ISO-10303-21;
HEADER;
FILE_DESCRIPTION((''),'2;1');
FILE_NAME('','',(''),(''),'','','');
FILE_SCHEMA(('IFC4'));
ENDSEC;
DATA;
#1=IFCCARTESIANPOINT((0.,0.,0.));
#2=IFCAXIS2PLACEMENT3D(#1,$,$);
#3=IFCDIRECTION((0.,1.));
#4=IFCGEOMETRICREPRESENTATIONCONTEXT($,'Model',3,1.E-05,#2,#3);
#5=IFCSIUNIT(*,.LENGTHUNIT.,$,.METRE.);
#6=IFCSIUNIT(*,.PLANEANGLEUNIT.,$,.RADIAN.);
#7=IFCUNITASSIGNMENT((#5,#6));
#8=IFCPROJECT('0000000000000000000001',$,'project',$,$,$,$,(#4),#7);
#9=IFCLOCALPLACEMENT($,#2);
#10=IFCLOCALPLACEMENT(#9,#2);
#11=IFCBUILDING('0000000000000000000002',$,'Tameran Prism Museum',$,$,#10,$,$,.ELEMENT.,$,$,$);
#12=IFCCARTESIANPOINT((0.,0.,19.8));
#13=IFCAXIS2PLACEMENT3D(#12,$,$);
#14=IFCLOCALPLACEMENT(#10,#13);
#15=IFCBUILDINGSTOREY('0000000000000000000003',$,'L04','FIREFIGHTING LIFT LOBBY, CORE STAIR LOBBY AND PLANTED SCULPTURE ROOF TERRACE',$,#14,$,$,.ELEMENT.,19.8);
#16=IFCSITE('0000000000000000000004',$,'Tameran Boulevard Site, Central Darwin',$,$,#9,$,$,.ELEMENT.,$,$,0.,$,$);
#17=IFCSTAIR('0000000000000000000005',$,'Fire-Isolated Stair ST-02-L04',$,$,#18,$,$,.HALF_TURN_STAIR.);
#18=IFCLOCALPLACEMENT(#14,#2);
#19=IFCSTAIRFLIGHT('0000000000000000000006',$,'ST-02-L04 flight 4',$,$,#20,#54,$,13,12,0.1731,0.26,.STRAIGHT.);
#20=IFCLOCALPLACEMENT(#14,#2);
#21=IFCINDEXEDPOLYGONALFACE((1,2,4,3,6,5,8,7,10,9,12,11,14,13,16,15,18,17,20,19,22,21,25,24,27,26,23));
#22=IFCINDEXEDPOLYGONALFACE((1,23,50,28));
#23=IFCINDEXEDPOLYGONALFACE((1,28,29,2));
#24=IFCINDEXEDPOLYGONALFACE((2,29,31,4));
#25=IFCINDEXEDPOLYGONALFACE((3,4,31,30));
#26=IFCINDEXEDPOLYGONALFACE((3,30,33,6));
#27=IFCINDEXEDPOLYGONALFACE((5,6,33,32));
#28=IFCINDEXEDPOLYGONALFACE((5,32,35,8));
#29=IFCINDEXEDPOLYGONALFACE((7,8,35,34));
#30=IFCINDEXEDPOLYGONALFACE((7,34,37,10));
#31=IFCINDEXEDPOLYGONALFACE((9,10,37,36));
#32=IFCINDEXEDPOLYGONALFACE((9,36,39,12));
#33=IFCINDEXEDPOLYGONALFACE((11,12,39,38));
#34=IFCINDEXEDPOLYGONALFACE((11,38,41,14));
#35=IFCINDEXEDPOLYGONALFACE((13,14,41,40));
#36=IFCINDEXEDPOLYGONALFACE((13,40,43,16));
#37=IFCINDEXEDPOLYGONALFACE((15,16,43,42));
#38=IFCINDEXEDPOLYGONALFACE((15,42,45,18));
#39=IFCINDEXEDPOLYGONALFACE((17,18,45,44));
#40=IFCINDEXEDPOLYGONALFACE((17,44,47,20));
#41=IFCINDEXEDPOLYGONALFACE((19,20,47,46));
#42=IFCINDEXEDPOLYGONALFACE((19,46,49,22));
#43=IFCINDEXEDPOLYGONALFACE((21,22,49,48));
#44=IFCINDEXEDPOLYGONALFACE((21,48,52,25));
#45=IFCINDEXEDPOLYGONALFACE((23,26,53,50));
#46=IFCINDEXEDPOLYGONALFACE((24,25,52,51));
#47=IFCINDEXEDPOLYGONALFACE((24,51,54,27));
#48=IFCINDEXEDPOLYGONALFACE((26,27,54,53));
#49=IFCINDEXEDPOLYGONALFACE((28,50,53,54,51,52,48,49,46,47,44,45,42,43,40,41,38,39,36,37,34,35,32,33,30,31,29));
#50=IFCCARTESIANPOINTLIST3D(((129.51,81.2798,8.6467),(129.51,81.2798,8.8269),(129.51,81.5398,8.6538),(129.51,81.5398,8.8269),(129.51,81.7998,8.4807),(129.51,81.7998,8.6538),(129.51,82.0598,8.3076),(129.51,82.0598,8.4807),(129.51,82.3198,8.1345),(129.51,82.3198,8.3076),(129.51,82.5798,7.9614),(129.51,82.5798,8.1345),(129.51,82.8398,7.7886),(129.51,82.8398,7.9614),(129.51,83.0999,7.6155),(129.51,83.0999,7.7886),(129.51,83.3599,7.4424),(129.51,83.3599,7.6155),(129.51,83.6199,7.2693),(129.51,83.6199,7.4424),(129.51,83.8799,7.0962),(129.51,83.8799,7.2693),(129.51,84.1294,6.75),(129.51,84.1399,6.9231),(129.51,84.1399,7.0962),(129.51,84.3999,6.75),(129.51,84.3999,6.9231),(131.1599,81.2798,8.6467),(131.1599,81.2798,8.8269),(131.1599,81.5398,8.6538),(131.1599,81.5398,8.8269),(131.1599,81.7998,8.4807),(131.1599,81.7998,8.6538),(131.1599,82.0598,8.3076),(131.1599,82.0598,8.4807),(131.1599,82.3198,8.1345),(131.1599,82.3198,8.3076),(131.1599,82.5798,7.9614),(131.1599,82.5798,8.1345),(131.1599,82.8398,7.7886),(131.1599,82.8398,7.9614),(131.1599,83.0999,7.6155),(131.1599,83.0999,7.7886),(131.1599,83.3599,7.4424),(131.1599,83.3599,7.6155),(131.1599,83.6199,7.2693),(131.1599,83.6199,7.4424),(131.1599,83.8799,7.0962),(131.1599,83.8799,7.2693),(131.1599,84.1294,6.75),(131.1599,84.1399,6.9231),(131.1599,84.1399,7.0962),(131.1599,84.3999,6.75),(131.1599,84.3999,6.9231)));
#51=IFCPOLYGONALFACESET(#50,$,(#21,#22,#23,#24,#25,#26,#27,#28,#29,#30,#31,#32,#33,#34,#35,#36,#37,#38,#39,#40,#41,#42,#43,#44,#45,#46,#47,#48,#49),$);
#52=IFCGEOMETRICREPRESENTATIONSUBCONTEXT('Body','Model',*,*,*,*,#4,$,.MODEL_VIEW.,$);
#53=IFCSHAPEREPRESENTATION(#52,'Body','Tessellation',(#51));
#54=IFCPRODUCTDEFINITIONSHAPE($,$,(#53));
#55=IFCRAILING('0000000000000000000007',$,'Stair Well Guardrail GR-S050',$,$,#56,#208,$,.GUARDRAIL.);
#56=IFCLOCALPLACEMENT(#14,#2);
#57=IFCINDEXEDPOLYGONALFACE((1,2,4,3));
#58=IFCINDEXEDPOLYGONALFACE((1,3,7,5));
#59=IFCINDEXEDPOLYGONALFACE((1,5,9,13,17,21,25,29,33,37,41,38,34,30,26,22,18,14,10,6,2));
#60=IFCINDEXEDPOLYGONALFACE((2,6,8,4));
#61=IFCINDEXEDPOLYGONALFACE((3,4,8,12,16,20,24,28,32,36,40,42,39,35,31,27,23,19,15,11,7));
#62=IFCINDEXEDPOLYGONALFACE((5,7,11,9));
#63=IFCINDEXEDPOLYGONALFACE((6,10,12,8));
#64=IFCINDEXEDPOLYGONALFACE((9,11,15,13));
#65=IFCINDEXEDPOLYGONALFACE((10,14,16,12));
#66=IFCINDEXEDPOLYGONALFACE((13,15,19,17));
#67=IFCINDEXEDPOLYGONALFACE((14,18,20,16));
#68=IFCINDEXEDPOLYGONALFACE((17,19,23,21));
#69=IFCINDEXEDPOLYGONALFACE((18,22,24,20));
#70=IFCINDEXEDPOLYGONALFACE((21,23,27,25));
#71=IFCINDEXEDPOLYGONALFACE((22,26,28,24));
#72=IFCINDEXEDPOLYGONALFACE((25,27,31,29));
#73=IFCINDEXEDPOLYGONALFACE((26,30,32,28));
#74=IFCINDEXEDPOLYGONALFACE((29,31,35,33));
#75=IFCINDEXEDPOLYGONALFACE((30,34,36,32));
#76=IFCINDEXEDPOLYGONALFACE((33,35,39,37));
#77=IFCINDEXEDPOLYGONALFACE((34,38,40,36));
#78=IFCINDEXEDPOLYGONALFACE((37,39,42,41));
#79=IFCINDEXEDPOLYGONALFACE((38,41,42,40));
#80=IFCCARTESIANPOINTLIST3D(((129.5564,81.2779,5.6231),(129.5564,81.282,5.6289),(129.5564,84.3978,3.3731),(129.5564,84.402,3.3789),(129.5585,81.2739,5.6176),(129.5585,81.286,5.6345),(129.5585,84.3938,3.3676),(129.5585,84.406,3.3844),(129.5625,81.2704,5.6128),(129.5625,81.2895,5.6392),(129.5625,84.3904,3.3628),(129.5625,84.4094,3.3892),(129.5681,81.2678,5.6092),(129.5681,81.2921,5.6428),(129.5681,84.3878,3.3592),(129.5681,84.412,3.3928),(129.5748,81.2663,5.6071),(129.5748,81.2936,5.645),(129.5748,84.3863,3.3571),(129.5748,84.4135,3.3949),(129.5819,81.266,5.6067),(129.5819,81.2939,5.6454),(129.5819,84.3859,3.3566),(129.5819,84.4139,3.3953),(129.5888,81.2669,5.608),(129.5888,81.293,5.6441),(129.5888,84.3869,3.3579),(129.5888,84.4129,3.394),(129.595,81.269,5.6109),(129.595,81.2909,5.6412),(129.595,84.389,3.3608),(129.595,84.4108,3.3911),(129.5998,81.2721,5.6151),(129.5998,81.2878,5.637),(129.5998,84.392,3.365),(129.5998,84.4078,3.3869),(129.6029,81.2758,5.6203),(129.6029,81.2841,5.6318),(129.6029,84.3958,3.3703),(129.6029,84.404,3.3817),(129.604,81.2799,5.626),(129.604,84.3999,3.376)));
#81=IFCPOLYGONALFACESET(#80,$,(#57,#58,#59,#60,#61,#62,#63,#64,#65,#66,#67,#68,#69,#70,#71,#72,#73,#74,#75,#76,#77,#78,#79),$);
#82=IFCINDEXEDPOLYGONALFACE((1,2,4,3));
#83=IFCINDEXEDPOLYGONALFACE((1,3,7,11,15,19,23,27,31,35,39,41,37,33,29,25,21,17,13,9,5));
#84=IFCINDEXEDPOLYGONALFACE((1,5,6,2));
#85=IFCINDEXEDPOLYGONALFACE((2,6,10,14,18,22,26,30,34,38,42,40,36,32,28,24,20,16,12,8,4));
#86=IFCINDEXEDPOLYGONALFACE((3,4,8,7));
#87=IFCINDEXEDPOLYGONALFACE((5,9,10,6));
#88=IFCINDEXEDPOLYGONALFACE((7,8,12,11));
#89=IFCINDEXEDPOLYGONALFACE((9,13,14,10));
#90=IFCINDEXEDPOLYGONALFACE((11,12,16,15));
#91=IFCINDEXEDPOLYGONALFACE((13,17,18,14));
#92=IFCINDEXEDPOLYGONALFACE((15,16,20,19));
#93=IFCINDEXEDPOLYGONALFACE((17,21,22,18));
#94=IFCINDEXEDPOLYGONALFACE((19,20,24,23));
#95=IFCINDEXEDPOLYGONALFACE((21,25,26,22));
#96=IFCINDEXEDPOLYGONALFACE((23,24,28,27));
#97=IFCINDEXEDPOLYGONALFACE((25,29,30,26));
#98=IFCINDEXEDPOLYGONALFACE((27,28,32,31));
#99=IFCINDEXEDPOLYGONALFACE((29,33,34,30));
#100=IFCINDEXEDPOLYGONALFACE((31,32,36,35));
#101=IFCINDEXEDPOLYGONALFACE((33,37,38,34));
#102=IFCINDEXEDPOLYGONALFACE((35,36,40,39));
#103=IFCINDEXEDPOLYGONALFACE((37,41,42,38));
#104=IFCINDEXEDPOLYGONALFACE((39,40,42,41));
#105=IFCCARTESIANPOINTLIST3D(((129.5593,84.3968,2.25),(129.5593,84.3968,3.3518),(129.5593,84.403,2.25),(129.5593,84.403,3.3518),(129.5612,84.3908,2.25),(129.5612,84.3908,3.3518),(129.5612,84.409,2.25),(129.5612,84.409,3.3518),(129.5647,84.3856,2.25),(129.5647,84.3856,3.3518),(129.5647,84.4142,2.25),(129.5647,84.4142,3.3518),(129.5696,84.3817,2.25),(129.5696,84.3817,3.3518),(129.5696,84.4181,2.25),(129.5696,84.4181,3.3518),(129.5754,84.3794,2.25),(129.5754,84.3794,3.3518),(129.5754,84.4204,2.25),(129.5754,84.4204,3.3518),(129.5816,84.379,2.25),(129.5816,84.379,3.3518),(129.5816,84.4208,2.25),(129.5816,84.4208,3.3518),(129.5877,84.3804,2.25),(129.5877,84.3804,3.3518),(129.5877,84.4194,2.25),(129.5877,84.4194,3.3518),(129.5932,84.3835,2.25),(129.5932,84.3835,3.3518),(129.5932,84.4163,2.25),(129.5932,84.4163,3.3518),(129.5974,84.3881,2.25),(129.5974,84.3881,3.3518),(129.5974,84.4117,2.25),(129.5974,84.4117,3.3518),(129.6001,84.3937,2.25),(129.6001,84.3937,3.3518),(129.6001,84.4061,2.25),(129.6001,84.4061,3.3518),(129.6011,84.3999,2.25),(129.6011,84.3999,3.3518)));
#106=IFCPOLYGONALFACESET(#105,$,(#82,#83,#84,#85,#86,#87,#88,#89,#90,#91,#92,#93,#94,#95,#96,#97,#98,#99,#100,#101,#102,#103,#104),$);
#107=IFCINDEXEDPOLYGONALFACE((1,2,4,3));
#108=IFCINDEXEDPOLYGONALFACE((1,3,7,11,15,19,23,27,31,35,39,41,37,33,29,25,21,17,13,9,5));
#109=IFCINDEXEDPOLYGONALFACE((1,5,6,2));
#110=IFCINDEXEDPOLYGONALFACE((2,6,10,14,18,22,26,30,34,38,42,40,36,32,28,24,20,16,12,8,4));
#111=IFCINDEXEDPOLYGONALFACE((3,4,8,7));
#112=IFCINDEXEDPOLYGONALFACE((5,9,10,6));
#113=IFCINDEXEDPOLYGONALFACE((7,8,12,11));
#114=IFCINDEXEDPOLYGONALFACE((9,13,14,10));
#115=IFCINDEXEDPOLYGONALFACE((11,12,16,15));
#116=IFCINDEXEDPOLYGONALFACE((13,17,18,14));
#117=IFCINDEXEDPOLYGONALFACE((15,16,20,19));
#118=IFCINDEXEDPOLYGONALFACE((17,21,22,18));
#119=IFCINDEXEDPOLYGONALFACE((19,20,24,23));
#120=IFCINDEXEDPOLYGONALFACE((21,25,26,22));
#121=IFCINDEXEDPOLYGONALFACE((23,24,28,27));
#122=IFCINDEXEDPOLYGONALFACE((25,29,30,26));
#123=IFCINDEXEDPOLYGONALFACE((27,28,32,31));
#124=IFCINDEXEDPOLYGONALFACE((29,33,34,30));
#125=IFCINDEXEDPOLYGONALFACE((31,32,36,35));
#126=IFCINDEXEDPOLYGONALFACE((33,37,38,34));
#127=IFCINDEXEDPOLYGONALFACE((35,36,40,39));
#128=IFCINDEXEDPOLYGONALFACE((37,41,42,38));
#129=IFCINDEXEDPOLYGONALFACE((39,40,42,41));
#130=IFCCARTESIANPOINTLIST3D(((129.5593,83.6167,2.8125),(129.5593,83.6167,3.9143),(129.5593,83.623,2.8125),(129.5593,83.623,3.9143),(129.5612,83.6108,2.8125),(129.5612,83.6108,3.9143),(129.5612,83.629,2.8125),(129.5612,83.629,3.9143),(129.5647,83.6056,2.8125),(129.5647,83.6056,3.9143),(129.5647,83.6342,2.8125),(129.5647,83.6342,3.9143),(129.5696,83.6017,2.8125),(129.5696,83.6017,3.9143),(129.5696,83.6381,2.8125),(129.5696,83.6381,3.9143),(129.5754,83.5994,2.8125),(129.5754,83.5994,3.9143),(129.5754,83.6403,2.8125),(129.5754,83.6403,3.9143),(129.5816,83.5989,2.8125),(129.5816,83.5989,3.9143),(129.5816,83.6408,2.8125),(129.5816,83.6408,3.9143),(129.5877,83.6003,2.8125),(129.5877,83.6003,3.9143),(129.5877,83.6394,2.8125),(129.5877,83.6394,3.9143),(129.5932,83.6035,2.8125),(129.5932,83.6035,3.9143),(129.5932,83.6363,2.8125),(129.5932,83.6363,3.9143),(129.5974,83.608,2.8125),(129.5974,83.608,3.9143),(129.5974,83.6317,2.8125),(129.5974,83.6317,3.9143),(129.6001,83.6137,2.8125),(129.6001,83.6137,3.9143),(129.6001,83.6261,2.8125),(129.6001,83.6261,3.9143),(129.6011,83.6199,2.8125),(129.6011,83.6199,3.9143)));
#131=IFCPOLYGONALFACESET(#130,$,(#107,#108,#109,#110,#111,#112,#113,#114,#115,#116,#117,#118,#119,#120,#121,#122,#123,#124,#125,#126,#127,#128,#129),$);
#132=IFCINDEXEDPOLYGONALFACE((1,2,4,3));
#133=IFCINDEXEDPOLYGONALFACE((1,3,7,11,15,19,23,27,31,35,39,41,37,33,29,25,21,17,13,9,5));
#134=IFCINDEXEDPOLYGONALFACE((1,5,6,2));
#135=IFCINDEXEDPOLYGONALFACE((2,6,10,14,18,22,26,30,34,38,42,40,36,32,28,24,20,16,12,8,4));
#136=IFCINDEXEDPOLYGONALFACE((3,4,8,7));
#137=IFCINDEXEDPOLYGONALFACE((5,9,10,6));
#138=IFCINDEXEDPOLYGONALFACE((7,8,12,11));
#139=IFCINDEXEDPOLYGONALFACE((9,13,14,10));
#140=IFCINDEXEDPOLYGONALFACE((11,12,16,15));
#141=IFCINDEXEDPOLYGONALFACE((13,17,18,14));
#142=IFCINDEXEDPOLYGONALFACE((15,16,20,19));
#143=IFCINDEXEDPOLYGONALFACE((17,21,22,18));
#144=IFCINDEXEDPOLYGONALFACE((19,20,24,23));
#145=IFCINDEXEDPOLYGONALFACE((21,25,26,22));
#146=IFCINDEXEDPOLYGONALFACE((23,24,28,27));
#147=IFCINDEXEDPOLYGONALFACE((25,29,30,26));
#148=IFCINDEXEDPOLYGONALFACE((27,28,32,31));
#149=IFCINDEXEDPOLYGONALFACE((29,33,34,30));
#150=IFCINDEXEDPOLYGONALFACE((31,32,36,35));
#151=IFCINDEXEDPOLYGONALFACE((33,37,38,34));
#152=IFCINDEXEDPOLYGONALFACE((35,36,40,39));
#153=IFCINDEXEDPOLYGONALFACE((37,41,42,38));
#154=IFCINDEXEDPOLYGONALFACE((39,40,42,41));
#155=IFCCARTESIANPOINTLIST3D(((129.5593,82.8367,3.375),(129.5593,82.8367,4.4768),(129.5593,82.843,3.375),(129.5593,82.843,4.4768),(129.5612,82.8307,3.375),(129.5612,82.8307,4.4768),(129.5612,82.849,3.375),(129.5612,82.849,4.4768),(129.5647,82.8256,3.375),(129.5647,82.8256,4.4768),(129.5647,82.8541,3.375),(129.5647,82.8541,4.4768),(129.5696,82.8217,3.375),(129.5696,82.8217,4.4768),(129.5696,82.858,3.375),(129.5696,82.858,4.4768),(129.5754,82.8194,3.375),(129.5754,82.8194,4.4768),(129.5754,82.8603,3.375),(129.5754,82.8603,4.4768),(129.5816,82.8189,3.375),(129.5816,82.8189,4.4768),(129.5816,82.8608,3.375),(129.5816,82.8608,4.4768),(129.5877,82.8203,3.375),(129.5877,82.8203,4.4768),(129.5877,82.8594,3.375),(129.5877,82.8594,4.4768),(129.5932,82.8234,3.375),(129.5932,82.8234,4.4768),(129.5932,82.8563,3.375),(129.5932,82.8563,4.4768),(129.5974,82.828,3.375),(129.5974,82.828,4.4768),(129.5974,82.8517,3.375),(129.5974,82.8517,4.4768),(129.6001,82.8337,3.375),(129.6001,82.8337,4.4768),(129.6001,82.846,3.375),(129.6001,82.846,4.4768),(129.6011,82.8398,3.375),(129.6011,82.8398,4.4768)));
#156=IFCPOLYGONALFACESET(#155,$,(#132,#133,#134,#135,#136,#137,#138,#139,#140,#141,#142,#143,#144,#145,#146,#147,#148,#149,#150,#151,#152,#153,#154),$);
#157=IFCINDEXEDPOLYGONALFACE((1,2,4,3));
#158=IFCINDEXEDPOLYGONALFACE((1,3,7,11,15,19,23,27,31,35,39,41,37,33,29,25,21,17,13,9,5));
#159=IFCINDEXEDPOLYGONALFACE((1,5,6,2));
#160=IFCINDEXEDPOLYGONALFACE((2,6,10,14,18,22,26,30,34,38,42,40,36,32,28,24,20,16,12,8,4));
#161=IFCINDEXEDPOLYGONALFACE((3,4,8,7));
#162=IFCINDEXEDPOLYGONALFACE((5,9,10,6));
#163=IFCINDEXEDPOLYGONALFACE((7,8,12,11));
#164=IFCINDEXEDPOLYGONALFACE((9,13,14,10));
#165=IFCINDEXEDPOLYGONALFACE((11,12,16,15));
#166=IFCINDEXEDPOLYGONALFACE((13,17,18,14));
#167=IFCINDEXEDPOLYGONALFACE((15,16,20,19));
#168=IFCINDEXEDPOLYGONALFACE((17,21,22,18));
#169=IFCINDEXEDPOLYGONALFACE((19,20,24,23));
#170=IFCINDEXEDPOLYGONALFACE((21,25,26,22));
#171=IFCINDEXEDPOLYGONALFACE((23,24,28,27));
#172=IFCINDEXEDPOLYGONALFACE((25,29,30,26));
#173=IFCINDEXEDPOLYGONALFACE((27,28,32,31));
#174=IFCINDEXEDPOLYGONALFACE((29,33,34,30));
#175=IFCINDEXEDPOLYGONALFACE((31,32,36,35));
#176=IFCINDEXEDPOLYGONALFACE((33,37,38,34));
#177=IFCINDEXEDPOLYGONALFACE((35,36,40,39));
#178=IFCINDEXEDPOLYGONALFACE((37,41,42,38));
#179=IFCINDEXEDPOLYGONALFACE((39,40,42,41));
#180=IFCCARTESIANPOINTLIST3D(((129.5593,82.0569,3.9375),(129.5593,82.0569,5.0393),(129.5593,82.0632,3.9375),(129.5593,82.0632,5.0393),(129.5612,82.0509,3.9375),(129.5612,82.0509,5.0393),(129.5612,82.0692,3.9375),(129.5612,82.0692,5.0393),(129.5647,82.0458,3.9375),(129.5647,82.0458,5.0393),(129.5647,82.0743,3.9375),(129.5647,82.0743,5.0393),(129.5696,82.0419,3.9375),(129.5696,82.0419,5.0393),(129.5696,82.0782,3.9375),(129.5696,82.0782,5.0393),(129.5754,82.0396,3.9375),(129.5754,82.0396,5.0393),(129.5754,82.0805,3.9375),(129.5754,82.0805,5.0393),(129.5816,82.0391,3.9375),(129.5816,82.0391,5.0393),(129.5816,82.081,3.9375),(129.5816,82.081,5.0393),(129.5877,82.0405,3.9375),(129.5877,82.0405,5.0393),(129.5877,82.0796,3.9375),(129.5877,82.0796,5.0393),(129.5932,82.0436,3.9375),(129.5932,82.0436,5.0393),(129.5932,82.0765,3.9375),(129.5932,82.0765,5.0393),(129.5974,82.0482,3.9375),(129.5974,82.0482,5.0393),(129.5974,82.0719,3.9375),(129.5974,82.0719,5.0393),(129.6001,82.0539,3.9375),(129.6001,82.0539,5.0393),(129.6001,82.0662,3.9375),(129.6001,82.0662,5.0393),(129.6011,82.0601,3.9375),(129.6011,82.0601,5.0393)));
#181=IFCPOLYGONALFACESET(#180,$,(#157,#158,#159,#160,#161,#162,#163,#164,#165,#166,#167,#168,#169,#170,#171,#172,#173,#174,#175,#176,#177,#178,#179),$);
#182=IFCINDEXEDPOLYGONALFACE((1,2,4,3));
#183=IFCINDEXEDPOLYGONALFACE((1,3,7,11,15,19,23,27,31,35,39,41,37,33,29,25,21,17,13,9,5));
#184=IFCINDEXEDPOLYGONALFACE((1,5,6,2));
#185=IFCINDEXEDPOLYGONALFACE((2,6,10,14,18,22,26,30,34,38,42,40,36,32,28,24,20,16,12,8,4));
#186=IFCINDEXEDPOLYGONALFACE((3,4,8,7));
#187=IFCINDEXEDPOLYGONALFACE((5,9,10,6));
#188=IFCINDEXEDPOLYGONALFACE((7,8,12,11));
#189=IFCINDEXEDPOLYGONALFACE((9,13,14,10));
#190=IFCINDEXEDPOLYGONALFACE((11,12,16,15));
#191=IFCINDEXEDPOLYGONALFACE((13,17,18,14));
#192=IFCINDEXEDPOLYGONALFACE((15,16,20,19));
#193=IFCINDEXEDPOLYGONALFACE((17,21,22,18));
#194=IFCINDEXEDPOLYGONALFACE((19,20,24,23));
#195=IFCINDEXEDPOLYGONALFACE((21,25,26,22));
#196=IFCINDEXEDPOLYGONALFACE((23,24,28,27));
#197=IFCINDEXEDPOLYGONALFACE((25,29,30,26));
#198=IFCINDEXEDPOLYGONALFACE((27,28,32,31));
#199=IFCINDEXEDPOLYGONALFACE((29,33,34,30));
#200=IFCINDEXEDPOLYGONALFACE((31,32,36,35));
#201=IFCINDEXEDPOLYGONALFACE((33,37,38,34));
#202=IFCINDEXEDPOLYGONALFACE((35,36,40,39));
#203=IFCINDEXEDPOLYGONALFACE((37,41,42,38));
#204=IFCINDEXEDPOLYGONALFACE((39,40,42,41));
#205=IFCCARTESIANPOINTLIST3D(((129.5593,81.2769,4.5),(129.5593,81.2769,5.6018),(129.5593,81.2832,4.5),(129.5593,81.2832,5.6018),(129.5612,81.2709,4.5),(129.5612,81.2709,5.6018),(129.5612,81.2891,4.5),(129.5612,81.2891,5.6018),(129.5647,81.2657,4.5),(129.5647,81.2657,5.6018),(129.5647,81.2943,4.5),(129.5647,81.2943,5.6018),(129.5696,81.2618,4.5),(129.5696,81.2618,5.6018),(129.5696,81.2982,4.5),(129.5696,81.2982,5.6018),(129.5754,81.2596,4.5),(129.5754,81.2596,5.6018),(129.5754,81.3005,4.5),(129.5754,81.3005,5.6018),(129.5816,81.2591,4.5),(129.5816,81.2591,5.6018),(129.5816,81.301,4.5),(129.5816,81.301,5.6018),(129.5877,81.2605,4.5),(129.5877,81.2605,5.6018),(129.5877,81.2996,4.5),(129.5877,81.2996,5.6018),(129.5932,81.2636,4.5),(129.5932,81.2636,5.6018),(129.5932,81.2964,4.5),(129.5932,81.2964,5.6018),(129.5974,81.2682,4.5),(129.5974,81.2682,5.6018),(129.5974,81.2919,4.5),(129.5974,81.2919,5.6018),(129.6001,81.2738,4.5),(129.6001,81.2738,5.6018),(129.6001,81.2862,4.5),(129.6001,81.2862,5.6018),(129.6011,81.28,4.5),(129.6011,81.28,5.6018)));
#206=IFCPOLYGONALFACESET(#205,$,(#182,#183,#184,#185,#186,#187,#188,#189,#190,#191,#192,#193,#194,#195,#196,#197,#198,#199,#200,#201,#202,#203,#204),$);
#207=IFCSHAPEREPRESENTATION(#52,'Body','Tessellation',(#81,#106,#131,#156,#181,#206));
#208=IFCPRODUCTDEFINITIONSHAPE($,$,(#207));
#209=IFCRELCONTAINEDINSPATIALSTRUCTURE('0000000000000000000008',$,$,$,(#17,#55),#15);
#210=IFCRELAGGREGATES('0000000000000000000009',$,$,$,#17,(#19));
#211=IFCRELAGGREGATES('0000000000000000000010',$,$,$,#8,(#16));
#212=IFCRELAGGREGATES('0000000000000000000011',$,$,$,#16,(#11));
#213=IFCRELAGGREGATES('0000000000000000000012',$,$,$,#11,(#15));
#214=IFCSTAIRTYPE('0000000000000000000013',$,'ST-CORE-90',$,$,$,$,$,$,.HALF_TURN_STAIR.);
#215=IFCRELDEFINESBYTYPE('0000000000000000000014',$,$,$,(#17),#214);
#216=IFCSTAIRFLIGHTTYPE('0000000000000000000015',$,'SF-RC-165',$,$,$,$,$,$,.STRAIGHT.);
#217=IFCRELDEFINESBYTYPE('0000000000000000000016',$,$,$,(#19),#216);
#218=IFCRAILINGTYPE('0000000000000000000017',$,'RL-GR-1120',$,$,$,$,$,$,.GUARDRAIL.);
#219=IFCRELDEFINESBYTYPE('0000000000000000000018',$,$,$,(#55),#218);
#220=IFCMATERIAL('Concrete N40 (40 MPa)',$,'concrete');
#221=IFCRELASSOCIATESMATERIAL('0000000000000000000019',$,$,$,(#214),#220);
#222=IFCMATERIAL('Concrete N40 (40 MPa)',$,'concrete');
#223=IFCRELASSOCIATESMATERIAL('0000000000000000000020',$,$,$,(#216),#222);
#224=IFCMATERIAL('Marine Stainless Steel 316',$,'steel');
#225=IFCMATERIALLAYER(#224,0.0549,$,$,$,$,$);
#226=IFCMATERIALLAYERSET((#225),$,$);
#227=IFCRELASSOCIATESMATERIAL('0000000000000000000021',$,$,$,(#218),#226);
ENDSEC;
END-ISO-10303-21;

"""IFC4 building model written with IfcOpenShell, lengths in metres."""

from ifc_helpers import new_model, si_unit, direction, frame, origin, origin_2d, place, context, subcontext, project, spatial, polyline, circle, outline, extrude, material, layer, layer_set, type_object, element, aggregate, save


model = new_model("IFC4")

# Units and contexts
model_context = context("Model", 3, precision=1e-05, world=origin(), true_north=direction((0.0, 1.0)))
body_context = subcontext(model_context, "Body", "Model", "MODEL_VIEW")
ifc_project = project(units=[si_unit("LENGTHUNIT", "METRE"), si_unit("PLANEANGLEUNIT", "RADIAN")], contexts=[model_context])

# Site, building, storey
site_placement = place(None, origin())
site = spatial("IfcSite", under=ifc_project, at=site_placement, Name="Tameran Boulevard Site, Central Darwin", CompositionType="ELEMENT", RefElevation=0.0)
building_placement = place(site_placement, origin())
building = spatial("IfcBuilding", under=site, at=building_placement, Name="Tameran Prism Museum", CompositionType="ELEMENT")
storey_placement = place(building_placement, frame((0.0, 0.0, 19.8)))
storey = spatial("IfcBuildingStorey", under=building, at=storey_placement, Name="L04", Description="FIREFIGHTING LIFT LOBBY, CORE STAIR LOBBY AND PLANTED SCULPTURE ROOF TERRACE", CompositionType="ELEMENT", Elevation=19.8)

# Stair, stair flight
ifc_material_1 = material(Name="Concrete N40 (40 MPa)", Category="concrete")
stair_type = type_object("IfcStairType", Name="ST-CORE-90", PredefinedType="HALF_TURN_STAIR", material=ifc_material_1)
stair_placement = place(storey_placement, origin())
stair = element("IfcStair", 1, at=stair_placement, inside=storey, type_object=stair_type, Name="Fire-Isolated Stair ST-02-L04", PredefinedType="HALF_TURN_STAIR")
ifc_material_2 = material(Name="Concrete N40 (40 MPa)", Category="concrete")
stair_flight_type = type_object("IfcStairFlightType", Name="SF-RC-165", PredefinedType="STRAIGHT", material=ifc_material_2)
stair_flight_1_placement = place(storey_placement, frame((130.335, 84.3999, 6.75), z_axis=(0.0, 0.0, 1.0), x_axis=(0.0, -1.0, 0.0)))
stair_flight_1 = element("IfcStairFlight", 2, at=stair_flight_1_placement, type_object=stair_flight_type, Name="ST-02-L04 flight 4", NumberOfRisers=13, NumberOfTreads=12, PredefinedType="STRAIGHT", RiserHeight=0.1731, TreadLength=0.26, context=body_context, shape_type="SweptSolid", body=[
    extrude(outline(polyline([(0.0, 0.0), (0.0, 0.1731), (0.26, 0.1731), (0.26, 0.3462), (0.52, 0.3462), (0.52, 0.5193), (0.78, 0.5193), (0.78, 0.6924), (1.04, 0.6924), (1.04, 0.8655), (1.3, 0.8655), (1.3, 1.0386), (1.5601, 1.0386), (1.5601, 1.2114), (1.8201, 1.2114), (1.8201, 1.3845), (2.0801, 1.3845), (2.0801, 1.5576), (2.3401, 1.5576), (2.3401, 1.7307), (2.6001, 1.7307), (2.6001, 1.9038), (2.8601, 1.9038), (2.8601, 2.0769), (3.1201, 2.0769), (3.1201, 2.25), (3.1201, 1.8967), (0.2705, 0.0), (0.0, 0.0)])), frame((0.0, 0.825, 0.0), z_axis=(0.0, -1.0, 0.0), x_axis=(1.0, 0.0, 0.0)), (0.0, 0.0, 1.0), 1.6499),
])
aggregate(stair, [stair_flight_1])

# Railing
ifc_material_3 = material(Name="Marine Stainless Steel 316", Category="steel")
ifc_layer_1 = layer(ifc_material_3, 0.0549)
ifc_layer_set_1 = layer_set([ifc_layer_1])
railing_type_1 = type_object("IfcRailingType", Name="RL-GR-1120", PredefinedType="GUARDRAIL", material=ifc_layer_set_1)
for number, where, name in (
    (3, (129.5801, 84.3999, 2.25), "Stair Well Guardrail GR-S050"),
):
    element("IfcRailing", number, at=place(storey_placement, frame(where)), inside=storey, type_object=railing_type_1, Name=name, PredefinedType="GUARDRAIL", context=body_context, shape_type="SweptSolid", body=[
        extrude(circle(Radius=0.0239, at=origin_2d()), frame((0.0, 0.0, 1.126), z_axis=(0.0, -0.811079, 0.584937), x_axis=(1.0, 0.0, 0.0)), (0.0, 0.0, 1.0), 3.8467),
        extrude(circle(Radius=0.021, at=origin_2d()), origin(), (0.0, 0.0, 1.0), 1.1018),
        extrude(circle(Radius=0.021, at=origin_2d()), frame((0.0, -0.78, 0.5625)), (0.0, 0.0, 1.0), 1.1018),
        extrude(circle(Radius=0.021, at=origin_2d()), frame((0.0, -1.5601, 1.125)), (0.0, 0.0, 1.0), 1.1018),
        extrude(circle(Radius=0.021, at=origin_2d()), frame((0.0, -2.3398, 1.6875)), (0.0, 0.0, 1.0), 1.1018),
        extrude(circle(Radius=0.021, at=origin_2d()), frame((0.0, -3.1199, 2.25)), (0.0, 0.0, 1.0), 1.1018),
    ])

save(model, "model.ifc")
